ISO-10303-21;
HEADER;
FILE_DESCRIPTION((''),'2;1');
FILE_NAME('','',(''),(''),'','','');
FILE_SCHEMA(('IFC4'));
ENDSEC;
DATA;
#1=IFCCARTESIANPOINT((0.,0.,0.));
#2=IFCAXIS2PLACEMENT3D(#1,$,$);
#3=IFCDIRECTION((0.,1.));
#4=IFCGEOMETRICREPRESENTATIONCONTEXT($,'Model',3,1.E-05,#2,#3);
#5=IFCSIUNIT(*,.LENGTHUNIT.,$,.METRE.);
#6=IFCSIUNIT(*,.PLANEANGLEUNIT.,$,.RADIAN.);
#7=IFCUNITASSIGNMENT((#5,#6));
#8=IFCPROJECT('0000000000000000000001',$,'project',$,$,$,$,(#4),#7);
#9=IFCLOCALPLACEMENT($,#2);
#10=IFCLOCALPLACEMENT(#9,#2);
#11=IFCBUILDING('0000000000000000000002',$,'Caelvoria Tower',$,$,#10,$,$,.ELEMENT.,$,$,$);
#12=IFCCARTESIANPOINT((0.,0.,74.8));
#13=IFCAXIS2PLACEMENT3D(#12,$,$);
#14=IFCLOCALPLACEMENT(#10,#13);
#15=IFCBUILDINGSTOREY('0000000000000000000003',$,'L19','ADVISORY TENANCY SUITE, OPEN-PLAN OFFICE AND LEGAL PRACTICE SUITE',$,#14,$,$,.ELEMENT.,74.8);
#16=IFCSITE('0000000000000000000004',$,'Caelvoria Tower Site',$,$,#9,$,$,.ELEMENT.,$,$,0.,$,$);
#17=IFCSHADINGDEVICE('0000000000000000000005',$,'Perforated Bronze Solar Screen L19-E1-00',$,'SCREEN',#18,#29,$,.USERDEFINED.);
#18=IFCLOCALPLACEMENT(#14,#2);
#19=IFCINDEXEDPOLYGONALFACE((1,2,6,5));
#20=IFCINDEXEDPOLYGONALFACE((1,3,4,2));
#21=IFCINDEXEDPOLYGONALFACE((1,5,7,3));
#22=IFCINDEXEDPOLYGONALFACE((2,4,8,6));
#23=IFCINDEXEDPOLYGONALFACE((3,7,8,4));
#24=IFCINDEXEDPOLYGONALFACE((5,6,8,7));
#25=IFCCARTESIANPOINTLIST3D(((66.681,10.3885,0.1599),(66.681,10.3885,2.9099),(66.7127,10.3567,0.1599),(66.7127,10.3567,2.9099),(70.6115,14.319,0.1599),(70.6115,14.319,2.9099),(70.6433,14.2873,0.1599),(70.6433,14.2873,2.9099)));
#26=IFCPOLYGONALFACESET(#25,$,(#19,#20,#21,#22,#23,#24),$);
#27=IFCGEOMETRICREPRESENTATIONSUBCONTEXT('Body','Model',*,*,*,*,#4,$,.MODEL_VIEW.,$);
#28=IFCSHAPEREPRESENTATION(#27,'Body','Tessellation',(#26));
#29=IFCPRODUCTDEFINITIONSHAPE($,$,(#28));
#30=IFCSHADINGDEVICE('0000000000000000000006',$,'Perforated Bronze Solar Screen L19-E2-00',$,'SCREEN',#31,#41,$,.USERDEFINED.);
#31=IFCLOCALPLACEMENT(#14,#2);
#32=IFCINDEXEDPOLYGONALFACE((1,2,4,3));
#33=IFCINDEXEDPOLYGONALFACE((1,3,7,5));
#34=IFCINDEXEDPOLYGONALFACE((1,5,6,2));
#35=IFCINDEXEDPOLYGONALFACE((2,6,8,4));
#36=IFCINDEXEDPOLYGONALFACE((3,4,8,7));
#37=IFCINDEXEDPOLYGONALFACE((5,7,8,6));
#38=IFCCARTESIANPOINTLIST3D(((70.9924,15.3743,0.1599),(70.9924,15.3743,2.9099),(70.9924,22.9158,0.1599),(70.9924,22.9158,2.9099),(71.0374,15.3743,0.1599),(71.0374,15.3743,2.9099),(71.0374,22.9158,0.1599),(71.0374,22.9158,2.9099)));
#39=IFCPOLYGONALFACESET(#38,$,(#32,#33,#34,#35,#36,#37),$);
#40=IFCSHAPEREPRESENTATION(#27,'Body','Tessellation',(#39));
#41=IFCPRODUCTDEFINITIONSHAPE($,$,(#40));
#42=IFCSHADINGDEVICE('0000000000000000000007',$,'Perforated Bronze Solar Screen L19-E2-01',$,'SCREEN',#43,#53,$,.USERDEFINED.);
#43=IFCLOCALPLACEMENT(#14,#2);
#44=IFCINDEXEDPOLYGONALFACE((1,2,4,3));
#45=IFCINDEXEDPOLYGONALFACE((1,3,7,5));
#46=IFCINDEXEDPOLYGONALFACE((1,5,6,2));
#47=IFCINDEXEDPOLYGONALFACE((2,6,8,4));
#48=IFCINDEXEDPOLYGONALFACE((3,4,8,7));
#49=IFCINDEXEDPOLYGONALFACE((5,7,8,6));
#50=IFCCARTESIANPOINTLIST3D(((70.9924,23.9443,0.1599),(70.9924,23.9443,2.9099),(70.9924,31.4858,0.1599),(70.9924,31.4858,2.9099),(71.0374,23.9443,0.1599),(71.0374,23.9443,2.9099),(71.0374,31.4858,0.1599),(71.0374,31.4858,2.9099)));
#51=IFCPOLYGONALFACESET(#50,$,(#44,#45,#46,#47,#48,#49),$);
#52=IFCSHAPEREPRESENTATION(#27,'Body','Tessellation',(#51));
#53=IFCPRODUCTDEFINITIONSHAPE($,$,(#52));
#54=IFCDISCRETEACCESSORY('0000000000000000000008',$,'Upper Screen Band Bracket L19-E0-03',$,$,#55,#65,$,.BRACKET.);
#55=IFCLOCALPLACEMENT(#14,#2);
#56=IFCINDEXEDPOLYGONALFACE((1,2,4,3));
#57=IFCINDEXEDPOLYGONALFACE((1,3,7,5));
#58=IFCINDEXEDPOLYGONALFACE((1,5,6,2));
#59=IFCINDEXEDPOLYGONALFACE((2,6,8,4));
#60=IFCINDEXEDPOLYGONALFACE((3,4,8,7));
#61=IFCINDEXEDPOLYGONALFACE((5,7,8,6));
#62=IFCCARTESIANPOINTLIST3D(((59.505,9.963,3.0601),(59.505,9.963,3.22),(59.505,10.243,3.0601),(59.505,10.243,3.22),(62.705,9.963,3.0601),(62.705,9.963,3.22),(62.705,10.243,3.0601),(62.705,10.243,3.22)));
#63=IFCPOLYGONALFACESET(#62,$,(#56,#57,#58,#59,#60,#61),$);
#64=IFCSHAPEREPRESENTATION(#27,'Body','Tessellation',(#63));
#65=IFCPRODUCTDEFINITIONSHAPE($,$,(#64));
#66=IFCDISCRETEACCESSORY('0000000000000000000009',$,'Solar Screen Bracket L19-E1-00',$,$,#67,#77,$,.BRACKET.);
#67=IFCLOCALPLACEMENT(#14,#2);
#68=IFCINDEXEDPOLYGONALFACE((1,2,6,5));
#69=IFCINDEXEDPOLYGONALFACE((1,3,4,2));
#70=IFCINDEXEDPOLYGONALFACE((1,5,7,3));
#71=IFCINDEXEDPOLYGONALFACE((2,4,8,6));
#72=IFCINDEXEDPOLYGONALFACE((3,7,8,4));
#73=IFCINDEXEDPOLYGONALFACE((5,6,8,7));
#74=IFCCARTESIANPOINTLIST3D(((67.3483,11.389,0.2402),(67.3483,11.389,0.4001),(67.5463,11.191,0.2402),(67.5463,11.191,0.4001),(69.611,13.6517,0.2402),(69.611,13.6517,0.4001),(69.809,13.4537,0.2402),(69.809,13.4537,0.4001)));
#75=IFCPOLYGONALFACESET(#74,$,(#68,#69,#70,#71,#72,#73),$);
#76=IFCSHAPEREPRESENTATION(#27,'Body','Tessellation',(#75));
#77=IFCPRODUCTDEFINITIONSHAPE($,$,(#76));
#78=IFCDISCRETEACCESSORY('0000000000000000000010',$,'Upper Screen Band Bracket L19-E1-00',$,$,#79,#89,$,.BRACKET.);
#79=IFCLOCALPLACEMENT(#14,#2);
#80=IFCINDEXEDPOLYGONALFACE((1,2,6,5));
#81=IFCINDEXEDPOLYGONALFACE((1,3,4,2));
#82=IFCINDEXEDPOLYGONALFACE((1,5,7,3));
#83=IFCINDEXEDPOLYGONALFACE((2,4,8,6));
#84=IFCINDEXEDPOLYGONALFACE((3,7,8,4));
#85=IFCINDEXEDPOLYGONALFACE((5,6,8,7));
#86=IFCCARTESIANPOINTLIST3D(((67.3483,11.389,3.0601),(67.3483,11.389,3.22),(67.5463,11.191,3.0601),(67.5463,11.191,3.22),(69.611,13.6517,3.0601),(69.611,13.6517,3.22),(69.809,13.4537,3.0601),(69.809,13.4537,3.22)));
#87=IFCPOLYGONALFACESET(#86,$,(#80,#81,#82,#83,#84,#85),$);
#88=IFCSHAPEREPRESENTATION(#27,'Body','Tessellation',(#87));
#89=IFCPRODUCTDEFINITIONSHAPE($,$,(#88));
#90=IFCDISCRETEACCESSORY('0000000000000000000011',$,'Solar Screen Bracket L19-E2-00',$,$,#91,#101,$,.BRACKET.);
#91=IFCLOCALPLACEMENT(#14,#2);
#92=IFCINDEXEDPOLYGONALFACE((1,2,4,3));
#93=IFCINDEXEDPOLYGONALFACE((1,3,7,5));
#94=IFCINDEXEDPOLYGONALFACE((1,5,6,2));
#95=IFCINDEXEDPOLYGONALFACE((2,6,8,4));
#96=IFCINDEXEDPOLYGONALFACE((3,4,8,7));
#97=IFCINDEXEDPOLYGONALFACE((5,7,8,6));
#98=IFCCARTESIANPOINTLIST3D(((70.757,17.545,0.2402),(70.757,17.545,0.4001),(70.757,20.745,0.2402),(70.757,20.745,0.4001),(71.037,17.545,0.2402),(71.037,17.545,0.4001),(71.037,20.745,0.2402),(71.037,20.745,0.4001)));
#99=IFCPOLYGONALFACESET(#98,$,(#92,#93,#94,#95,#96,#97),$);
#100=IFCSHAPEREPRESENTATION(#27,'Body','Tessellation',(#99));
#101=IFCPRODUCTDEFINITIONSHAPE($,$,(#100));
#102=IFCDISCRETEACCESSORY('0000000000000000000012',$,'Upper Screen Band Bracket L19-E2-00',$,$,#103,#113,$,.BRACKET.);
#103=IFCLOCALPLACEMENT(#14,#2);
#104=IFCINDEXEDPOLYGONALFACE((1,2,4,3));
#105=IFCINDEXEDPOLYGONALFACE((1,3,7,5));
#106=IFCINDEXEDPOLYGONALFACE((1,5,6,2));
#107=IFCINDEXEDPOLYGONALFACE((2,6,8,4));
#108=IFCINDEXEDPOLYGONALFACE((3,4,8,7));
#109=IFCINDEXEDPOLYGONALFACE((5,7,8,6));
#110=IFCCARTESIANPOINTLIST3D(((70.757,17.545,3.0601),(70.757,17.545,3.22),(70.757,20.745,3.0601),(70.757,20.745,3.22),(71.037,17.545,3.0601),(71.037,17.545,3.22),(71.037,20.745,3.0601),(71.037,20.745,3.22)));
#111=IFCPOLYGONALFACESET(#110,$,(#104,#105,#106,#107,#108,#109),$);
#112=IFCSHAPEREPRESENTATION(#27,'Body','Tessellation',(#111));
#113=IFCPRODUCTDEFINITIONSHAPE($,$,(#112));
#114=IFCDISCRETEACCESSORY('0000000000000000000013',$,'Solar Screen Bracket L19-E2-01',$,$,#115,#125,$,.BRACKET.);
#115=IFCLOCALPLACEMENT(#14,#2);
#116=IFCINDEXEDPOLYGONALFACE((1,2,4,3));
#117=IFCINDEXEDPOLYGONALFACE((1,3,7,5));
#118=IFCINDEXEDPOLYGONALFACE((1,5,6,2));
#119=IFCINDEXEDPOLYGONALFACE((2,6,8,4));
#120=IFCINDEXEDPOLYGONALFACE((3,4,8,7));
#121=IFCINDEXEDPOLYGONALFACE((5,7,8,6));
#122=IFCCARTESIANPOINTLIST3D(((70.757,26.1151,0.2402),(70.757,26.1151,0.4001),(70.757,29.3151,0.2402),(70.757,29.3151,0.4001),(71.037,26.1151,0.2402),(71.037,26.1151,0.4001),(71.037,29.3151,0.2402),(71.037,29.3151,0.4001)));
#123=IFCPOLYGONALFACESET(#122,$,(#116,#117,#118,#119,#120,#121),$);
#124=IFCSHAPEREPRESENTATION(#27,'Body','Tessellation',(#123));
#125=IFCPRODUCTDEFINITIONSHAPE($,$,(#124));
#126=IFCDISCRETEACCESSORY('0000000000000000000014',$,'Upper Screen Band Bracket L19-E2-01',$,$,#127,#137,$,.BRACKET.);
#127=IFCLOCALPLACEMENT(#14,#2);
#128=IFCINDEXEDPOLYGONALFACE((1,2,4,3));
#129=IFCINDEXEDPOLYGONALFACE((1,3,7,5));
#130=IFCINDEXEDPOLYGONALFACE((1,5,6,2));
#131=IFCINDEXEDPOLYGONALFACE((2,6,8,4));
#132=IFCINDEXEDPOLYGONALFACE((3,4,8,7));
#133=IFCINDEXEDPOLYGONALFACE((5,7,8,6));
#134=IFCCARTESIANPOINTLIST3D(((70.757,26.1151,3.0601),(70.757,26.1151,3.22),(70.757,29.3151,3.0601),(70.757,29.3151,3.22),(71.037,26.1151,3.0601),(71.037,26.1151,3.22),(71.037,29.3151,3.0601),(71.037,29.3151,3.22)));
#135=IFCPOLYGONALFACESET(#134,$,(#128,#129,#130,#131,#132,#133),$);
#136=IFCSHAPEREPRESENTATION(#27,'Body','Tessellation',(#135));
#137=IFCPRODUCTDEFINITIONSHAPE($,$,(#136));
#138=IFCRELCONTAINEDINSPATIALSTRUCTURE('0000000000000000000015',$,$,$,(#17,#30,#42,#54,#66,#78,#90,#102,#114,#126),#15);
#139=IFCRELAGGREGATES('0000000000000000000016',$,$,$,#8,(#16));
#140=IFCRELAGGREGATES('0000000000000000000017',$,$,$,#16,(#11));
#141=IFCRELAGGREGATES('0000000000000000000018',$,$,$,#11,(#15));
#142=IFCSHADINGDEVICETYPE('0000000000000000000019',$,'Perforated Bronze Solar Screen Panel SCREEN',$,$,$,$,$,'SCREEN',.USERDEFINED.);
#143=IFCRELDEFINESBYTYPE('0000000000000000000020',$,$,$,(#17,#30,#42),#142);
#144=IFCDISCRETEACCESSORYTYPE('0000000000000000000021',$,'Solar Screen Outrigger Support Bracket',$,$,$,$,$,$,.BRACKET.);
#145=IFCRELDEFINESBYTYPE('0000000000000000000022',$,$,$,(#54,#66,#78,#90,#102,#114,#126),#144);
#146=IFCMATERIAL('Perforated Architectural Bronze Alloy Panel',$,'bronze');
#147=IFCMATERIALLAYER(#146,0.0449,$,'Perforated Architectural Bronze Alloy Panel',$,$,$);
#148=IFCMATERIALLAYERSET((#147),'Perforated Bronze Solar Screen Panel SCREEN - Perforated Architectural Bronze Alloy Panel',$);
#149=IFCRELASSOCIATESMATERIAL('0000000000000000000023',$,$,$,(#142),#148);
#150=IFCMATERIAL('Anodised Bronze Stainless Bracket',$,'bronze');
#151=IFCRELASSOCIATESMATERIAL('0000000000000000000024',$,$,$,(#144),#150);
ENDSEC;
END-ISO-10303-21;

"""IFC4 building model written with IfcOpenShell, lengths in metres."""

from ifc_helpers import new_model, si_unit, direction, frame, origin, origin_2d, place, context, subcontext, project, spatial, rectangle, extrude, material, layer, layer_set, type_object, element, save


model = new_model("IFC4")

# Units and contexts
model_context = context("Model", 3, precision=1e-05, world=origin(), true_north=direction((0.0, 1.0)))
body_context = subcontext(model_context, "Body", "Model", "MODEL_VIEW")
ifc_project = project(units=[si_unit("LENGTHUNIT", "METRE"), si_unit("PLANEANGLEUNIT", "RADIAN")], contexts=[model_context])

# Site, building, storey
site_placement = place(None, origin())
site = spatial("IfcSite", under=ifc_project, at=site_placement, Name="Caelvoria Tower Site", CompositionType="ELEMENT", RefElevation=0.0)
building_placement = place(site_placement, origin())
building = spatial("IfcBuilding", under=site, at=building_placement, Name="Caelvoria Tower", CompositionType="ELEMENT")
storey_placement = place(building_placement, frame((0.0, 0.0, 74.8)))
storey = spatial("IfcBuildingStorey", under=building, at=storey_placement, Name="L19", Description="ADVISORY TENANCY SUITE, OPEN-PLAN OFFICE AND LEGAL PRACTICE SUITE", CompositionType="ELEMENT", Elevation=74.8)

# Shading devices
ifc_material_1 = material(Name="Perforated Architectural Bronze Alloy Panel", Category="bronze")
ifc_layer_1 = layer(ifc_material_1, 0.0449, Name="Perforated Architectural Bronze Alloy Panel")
ifc_layer_set_1 = layer_set([ifc_layer_1], Name="Perforated Bronze Solar Screen Panel SCREEN - Perforated Architectural Bronze Alloy Panel")
shading_device_type = type_object("IfcShadingDeviceType", Name="Perforated Bronze Solar Screen Panel SCREEN", ElementType="SCREEN", PredefinedType="USERDEFINED", material=ifc_layer_set_1)
shading_device_placement = place(storey_placement, frame((68.6621, 12.3379, 0.1599), z_axis=(0.0, 0.0, 1.0), x_axis=(0.707107, 0.707107, 0.0)))
element("IfcShadingDevice", 1, at=shading_device_placement, inside=storey, type_object=shading_device_type, Name="Perforated Bronze Solar Screen L19-E1-00", ObjectType="SCREEN", PredefinedType="USERDEFINED", context=body_context, shape_type="SweptSolid", body=[
    extrude(rectangle(XDim=5.5586, YDim=0.0449, at=origin_2d()), origin(), (0.0, 0.0, 1.0), 2.75),
])
for number, where, z_axis, x_axis, name in (
    (2, (71.0149, 19.145, 0.1599), (0.0, 0.0, 1.0), (0.0, 1.0, 0.0), "Perforated Bronze Solar Screen L19-E2-00"),
    (3, (71.0149, 27.7151, 0.1599), (0.0, 0.0, 1.0), (0.0, 1.0, 0.0), "Perforated Bronze Solar Screen L19-E2-01"),
):
    element("IfcShadingDevice", number, at=place(storey_placement, frame(where, z_axis=z_axis, x_axis=x_axis)), inside=storey, type_object=shading_device_type, Name=name, ObjectType="SCREEN", PredefinedType="USERDEFINED", context=body_context, shape_type="SweptSolid", body=[
        extrude(rectangle(XDim=7.5415, YDim=0.0449, at=origin_2d()), origin(), (0.0, 0.0, 1.0), 2.75),
    ])

# Discrete accessories
ifc_material_2 = material(Name="Anodised Bronze Stainless Bracket", Category="bronze")
discrete_accessory_type = type_object("IfcDiscreteAccessoryType", Name="Solar Screen Outrigger Support Bracket", PredefinedType="BRACKET", material=ifc_material_2)
for number, where, z_axis, x_axis, name in (
    (4, (61.105, 10.103, 3.0601), (0.0, 0.0, 1.0), (1.0, 0.0, 0.0), "Upper Screen Band Bracket L19-E0-03"),
    (5, (68.5786, 12.4214, 0.2402), (0.0, 0.0, 1.0), (0.707107, 0.707107, 0.0), "Solar Screen Bracket L19-E1-00"),
    (6, (68.5786, 12.4214, 3.0601), (0.0, 0.0, 1.0), (0.707107, 0.707107, 0.0), "Upper Screen Band Bracket L19-E1-00"),
    (7, (70.897, 19.145, 0.2402), (0.0, 0.0, 1.0), (0.0, 1.0, 0.0), "Solar Screen Bracket L19-E2-00"),
    (8, (70.897, 19.145, 3.0601), (0.0, 0.0, 1.0), (0.0, 1.0, 0.0), "Upper Screen Band Bracket L19-E2-00"),
    (9, (70.897, 27.7151, 0.2402), (0.0, 0.0, 1.0), (0.0, 1.0, 0.0), "Solar Screen Bracket L19-E2-01"),
    (10, (70.897, 27.7151, 3.0601), (0.0, 0.0, 1.0), (0.0, 1.0, 0.0), "Upper Screen Band Bracket L19-E2-01"),
):
    element("IfcDiscreteAccessory", number, at=place(storey_placement, frame(where, z_axis=z_axis, x_axis=x_axis)), inside=storey, type_object=discrete_accessory_type, Name=name, PredefinedType="BRACKET", context=body_context, shape_type="SweptSolid", body=[
        extrude(rectangle(XDim=3.2, YDim=0.28, at=origin_2d()), origin(), (0.0, 0.0, 1.0), 0.1599),
    ])

save(model, "model.ifc")
